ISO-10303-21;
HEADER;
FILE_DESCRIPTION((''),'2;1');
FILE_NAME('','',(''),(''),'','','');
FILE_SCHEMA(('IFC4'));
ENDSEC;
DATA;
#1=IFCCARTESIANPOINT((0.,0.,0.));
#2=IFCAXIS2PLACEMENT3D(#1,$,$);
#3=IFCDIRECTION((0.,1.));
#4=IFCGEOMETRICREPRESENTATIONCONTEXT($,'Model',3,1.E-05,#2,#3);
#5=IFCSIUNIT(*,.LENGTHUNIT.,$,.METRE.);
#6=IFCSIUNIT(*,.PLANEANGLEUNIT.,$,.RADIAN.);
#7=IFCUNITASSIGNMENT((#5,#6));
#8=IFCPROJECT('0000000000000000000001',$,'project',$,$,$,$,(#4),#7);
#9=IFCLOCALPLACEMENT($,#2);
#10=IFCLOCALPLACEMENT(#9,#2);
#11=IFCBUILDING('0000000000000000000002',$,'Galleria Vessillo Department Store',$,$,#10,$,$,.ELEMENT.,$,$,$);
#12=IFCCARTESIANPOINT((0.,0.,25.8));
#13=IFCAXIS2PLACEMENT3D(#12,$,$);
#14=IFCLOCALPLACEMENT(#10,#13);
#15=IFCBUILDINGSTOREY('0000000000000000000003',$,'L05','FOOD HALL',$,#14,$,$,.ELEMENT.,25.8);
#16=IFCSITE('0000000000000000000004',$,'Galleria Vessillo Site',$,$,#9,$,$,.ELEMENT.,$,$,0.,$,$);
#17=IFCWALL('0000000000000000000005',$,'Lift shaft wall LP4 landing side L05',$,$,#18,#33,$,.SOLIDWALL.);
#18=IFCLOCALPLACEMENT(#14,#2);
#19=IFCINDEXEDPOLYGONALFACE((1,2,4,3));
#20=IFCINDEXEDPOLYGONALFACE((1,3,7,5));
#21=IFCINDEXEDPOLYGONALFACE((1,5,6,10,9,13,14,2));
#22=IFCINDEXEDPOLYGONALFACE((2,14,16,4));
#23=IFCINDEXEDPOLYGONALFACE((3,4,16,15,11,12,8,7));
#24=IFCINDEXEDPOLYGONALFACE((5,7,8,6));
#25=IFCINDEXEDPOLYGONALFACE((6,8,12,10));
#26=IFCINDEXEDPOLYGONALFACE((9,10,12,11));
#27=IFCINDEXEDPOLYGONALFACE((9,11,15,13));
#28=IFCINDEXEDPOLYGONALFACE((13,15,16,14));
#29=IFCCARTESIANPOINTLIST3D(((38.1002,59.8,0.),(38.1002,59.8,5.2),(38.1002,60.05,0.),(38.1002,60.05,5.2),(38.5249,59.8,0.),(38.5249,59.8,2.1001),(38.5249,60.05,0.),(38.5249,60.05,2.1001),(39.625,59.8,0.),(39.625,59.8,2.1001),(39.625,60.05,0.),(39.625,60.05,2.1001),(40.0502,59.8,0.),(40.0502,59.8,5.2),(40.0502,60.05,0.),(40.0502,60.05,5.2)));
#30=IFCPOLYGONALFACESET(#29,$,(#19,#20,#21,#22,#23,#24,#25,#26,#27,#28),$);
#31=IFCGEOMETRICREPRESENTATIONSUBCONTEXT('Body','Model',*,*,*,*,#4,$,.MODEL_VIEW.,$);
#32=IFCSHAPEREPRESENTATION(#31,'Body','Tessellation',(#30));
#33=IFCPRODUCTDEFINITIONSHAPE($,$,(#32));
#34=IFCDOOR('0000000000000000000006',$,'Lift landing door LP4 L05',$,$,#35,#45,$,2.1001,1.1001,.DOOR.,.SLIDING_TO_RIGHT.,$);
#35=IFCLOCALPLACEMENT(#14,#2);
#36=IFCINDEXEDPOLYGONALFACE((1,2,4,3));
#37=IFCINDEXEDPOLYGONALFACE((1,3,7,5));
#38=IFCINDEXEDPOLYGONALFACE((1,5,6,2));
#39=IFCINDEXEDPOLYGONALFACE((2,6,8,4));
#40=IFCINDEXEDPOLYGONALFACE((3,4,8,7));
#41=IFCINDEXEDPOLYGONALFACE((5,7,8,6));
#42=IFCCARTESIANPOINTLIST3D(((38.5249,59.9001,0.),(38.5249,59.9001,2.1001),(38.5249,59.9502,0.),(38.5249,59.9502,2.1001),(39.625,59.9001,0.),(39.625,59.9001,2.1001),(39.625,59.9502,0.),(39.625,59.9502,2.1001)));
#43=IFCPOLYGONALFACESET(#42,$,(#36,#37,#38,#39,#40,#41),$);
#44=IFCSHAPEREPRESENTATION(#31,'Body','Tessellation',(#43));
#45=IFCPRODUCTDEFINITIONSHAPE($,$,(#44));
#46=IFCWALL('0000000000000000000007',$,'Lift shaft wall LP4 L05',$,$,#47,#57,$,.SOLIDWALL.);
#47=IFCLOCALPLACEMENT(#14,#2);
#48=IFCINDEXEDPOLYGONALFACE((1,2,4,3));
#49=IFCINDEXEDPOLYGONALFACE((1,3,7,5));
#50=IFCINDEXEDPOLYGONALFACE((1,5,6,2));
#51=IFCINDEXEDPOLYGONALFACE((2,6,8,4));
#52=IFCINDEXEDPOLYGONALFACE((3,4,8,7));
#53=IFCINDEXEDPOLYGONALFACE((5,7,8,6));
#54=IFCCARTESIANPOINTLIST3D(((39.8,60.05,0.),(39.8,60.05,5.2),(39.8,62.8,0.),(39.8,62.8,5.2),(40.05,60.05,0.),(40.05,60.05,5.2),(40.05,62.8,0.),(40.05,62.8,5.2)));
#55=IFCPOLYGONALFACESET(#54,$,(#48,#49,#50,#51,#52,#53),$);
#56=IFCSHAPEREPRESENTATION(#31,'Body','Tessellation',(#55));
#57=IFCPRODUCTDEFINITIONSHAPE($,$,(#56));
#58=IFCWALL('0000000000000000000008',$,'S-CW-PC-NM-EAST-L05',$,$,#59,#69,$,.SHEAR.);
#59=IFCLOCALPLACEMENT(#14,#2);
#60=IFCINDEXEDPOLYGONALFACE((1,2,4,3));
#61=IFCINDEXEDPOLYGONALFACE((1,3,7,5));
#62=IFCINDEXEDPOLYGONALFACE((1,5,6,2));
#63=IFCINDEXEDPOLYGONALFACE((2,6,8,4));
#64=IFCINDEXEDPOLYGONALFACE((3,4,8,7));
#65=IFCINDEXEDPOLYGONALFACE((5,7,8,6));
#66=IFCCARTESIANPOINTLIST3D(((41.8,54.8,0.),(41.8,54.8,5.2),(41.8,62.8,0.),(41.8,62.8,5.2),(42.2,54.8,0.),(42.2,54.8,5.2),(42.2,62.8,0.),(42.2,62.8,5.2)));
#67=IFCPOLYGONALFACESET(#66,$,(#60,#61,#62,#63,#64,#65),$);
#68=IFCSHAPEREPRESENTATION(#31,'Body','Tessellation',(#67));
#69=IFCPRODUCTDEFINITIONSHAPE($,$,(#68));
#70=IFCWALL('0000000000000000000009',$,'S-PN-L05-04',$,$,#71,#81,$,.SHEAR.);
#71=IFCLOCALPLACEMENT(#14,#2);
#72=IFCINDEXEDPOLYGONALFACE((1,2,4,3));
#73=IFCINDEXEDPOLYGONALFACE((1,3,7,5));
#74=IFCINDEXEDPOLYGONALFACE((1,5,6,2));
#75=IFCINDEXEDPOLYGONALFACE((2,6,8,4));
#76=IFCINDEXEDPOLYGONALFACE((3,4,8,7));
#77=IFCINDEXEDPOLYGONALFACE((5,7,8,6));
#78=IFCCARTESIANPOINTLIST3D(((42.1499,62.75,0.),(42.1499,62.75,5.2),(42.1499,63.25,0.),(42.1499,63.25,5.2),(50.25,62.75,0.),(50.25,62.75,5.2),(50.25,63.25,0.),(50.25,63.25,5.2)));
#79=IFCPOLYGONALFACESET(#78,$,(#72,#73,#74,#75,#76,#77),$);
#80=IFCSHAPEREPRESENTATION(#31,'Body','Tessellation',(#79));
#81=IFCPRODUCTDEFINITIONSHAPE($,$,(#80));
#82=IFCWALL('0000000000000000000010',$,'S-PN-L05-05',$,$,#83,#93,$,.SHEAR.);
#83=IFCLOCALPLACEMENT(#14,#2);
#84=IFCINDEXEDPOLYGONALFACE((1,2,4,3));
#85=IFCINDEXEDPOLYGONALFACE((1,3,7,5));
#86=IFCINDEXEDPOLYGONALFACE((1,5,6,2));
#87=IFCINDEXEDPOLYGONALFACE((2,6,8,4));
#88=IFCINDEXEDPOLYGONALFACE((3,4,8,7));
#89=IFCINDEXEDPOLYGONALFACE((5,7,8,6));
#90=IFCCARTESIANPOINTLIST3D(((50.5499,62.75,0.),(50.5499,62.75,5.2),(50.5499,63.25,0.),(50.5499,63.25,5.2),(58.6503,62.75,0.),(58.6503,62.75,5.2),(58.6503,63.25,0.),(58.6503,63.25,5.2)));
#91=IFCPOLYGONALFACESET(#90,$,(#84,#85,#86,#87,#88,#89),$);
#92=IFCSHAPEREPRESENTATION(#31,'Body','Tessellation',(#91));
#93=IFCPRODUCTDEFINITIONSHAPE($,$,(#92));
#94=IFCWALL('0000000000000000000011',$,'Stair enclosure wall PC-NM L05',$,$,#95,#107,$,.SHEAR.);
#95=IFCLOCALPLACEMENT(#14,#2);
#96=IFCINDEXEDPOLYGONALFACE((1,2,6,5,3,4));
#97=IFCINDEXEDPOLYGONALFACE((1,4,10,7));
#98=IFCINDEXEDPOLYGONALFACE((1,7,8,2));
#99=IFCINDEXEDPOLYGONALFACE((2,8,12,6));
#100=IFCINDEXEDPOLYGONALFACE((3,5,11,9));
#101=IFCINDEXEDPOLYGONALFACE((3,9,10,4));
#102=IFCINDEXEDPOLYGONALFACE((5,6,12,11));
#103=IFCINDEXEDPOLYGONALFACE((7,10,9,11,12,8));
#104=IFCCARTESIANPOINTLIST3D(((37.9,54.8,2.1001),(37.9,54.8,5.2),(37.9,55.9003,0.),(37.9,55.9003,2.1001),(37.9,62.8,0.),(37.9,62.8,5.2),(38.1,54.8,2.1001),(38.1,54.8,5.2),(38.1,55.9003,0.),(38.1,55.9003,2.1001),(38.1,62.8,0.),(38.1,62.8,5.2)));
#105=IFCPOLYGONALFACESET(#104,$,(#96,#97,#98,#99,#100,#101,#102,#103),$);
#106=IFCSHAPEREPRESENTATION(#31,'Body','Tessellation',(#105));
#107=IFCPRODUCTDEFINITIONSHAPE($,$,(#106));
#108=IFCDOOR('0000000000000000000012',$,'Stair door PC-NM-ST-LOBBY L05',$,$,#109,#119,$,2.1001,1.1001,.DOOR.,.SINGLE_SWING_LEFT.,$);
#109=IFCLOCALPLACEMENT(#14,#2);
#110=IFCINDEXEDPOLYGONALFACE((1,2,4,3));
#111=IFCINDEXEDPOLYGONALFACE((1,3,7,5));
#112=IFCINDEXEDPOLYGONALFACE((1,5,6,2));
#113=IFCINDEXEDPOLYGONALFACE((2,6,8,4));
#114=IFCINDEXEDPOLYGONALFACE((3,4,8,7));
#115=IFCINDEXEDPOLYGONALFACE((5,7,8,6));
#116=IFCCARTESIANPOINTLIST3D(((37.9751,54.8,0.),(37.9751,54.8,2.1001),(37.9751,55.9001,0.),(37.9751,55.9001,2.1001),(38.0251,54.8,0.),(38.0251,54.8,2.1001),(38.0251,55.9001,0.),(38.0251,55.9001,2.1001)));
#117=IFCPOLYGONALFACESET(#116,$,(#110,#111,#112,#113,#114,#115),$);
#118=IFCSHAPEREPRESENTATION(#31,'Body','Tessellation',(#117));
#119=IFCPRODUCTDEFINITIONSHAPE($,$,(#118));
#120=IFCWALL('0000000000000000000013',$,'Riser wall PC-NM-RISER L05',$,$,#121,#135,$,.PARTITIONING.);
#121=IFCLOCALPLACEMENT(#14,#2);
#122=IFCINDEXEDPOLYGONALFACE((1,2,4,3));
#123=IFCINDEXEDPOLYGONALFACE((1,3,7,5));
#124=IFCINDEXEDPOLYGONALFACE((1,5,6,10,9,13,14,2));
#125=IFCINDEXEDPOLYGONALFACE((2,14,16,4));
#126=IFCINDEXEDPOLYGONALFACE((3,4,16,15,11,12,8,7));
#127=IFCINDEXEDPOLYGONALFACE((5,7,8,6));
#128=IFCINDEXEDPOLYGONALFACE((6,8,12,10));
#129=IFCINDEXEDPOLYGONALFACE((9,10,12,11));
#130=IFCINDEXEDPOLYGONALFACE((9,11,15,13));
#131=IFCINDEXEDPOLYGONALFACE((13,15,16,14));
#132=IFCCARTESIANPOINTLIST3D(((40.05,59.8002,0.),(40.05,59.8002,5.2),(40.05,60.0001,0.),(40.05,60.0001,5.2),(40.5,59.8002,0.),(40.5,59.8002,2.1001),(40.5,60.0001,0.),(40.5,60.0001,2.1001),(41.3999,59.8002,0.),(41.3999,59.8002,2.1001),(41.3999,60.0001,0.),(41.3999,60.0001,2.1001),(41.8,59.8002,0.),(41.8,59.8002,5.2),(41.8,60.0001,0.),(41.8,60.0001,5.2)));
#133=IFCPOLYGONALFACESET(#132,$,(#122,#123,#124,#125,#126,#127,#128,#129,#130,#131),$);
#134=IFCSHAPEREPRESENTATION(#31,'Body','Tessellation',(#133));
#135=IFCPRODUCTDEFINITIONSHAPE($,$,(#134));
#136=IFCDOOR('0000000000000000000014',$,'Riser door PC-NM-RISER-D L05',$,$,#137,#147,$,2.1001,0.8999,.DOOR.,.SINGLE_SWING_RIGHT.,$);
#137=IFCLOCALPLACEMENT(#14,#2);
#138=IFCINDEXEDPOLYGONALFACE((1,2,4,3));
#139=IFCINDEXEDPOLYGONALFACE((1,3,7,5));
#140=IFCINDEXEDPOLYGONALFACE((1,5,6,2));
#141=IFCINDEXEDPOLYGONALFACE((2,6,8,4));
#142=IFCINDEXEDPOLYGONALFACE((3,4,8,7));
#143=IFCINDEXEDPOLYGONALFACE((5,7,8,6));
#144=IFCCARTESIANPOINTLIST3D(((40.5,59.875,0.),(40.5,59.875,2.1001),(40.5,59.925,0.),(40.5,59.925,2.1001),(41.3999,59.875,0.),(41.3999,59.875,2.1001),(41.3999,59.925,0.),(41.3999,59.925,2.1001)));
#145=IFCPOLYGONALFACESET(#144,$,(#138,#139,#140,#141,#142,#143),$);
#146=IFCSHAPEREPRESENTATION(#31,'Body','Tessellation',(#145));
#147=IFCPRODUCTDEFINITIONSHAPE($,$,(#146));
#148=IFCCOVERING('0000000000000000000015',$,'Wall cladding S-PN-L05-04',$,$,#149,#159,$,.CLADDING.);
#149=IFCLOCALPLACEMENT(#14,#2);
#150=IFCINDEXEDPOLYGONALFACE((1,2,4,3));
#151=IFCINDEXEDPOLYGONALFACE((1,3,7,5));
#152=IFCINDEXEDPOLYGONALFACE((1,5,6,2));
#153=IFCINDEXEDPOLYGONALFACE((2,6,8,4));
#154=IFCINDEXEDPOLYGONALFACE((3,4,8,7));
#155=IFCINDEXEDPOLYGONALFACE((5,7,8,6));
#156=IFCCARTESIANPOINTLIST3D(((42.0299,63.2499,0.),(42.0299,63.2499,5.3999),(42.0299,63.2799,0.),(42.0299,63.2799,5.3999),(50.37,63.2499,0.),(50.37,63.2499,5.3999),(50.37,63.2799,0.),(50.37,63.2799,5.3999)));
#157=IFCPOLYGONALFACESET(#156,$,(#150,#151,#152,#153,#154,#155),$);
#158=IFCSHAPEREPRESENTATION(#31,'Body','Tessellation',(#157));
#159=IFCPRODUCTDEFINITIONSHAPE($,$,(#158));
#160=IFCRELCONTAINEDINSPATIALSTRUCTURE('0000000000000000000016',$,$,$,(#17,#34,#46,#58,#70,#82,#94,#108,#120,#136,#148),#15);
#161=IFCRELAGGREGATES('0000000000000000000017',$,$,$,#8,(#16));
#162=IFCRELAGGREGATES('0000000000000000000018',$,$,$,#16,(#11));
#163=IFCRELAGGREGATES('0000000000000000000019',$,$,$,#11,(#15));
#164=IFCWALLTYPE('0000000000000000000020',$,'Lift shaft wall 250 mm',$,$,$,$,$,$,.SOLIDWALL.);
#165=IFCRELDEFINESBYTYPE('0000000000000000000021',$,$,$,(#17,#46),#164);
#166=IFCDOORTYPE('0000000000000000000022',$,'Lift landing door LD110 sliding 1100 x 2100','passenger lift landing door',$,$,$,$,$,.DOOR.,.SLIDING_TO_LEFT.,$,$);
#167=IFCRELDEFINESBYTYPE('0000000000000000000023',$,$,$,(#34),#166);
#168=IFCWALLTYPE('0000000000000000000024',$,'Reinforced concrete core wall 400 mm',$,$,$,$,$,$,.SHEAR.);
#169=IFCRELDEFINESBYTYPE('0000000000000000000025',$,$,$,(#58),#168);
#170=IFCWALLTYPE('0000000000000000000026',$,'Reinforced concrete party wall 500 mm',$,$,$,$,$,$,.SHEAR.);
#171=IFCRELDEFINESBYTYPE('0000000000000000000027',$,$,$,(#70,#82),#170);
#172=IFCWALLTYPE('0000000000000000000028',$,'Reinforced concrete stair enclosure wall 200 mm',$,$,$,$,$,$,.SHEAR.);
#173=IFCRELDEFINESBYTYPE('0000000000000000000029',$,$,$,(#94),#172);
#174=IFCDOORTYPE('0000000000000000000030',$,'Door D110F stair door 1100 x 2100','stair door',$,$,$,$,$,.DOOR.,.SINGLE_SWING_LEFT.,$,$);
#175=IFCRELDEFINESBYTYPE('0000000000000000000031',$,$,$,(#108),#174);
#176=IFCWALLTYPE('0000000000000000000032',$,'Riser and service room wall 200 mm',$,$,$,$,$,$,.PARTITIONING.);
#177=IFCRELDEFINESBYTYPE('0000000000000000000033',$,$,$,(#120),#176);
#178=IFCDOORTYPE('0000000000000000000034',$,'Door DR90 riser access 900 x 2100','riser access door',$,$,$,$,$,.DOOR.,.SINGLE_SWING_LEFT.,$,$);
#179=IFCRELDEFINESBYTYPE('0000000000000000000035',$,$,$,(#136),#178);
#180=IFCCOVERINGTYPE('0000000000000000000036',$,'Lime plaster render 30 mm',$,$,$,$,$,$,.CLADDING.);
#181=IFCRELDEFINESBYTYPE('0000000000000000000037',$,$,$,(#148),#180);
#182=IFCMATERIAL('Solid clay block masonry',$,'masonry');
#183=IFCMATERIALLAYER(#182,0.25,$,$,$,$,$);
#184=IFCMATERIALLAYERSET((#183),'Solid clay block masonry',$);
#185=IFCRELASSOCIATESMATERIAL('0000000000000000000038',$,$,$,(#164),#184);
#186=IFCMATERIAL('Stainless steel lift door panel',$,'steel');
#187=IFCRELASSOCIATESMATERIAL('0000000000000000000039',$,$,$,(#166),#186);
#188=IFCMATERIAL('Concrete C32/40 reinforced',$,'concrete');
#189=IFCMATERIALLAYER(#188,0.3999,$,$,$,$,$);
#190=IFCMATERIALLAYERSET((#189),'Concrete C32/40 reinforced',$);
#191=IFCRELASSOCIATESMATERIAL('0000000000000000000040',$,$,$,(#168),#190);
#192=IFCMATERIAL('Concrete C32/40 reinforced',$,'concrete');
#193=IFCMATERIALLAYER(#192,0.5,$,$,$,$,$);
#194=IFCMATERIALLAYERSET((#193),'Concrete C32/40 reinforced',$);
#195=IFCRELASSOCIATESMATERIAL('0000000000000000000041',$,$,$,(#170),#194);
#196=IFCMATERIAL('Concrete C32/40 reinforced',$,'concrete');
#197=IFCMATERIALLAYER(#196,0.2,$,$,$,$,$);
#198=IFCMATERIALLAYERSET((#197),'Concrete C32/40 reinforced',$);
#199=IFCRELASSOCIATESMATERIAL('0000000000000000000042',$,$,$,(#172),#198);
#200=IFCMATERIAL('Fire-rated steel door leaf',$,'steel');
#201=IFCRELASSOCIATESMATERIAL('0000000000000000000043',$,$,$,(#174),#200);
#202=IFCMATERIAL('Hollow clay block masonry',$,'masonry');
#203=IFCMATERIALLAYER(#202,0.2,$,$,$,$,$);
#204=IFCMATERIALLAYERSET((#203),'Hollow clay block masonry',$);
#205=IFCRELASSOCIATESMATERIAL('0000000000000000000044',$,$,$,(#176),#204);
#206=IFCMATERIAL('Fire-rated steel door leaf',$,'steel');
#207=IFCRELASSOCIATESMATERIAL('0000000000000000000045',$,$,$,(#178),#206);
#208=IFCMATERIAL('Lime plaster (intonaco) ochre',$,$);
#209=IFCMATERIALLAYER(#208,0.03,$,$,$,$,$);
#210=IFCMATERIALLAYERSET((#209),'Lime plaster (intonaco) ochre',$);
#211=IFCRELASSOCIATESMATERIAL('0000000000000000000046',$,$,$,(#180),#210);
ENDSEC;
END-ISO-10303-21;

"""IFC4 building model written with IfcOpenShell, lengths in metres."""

from ifc_helpers import new_model, si_unit, direction, frame, frame_2d, origin, origin_2d, place, context, subcontext, project, spatial, rectangle, extrude, material, layer, layer_set, type_object, element, fill, save


model = new_model("IFC4")

# Units and contexts
model_context = context("Model", 3, precision=1e-05, world=origin(), true_north=direction((0.0, 1.0)))
body_context = subcontext(model_context, "Body", "Model", "MODEL_VIEW")
ifc_project = project(units=[si_unit("LENGTHUNIT", "METRE"), si_unit("PLANEANGLEUNIT", "RADIAN")], contexts=[model_context])

# Site, building, storey
site_placement = place(None, origin())
site = spatial("IfcSite", under=ifc_project, at=site_placement, Name="Galleria Vessillo Site", CompositionType="ELEMENT", RefElevation=0.0)
building_placement = place(site_placement, origin())
building = spatial("IfcBuilding", under=site, at=building_placement, Name="Galleria Vessillo Department Store", CompositionType="ELEMENT")
storey_placement = place(building_placement, frame((0.0, 0.0, 25.8)))
storey = spatial("IfcBuildingStorey", under=building, at=storey_placement, Name="L05", Description="FOOD HALL", CompositionType="ELEMENT", Elevation=25.8)

# Wall, opening, door
ifc_material_1 = material(Name="Solid clay block masonry", Category="masonry")
ifc_layer_1 = layer(ifc_material_1, 0.25)
ifc_layer_set_1 = layer_set([ifc_layer_1], Name="Solid clay block masonry")
wall_type_1 = type_object("IfcWallType", Name="Lift shaft wall 250 mm", PredefinedType="SOLIDWALL", material=ifc_layer_set_1)
wall_1_placement = place(storey_placement, frame((38.1001, 59.925, 0.0), z_axis=(0.0, 0.0, 1.0), x_axis=(1.0, 0.0, 0.0)))
wall_1 = element("IfcWall", 1, at=wall_1_placement, inside=storey, type_object=wall_type_1, Name="Lift shaft wall LP4 landing side L05", PredefinedType="SOLIDWALL", context=body_context, shape_type="SweptSolid", body=[
    extrude(rectangle(XDim=1.95, YDim=0.25, at=frame_2d((0.9751, 0.0))), origin(), (0.0, 0.0, 1.0), 5.2),
])
opening_1_placement = place(wall_1_placement, frame((0.4248, 0.0, 0.0)))
opening_1 = element("IfcOpeningElement", 2, at=opening_1_placement, cuts=wall_1, PredefinedType="OPENING", context=body_context, shape_type="SweptSolid", body=[
    extrude(rectangle(XDim=1.1001, YDim=2.1001, at=frame_2d((0.55, 1.05))), frame((0.0, 0.135, 0.0), z_axis=(0.0, -1.0, 0.0), x_axis=(1.0, 0.0, 0.0)), (0.0, 0.0, 1.0), 0.27),
])
ifc_material_2 = material(Name="Stainless steel lift door panel", Category="steel")
door_type_1 = type_object("IfcDoorType", Name="Lift landing door LD110 sliding 1100 x 2100", Description="passenger lift landing door", OperationType="SLIDING_TO_LEFT", PredefinedType="DOOR", material=ifc_material_2)
door_1_placement = place(opening_1_placement, frame((1.1001, 0.0, 0.0), z_axis=(0.0, 0.0, 1.0), x_axis=(-1.0, 0.0, 0.0)))
door_1 = element("IfcDoor", 3, at=door_1_placement, inside=storey, type_object=door_type_1, Name="Lift landing door LP4 L05", OperationType="SLIDING_TO_RIGHT", OverallHeight=2.1001, OverallWidth=1.1001, PredefinedType="DOOR", context=body_context, shape_type="SweptSolid", body=[
    extrude(rectangle(XDim=1.1001, YDim=2.1001, at=frame_2d((0.55, 1.05))), frame((0.0, 0.0249, 0.0), z_axis=(0.0, -1.0, 0.0), x_axis=(1.0, 0.0, 0.0)), (0.0, 0.0, 1.0), 0.05),
])
fill(opening_1, door_1)

# Walls
wall_2_placement = place(storey_placement, frame((39.925, 62.8, 0.0), z_axis=(0.0, 0.0, 1.0), x_axis=(0.0, -1.0, 0.0)))
element("IfcWall", 4, at=wall_2_placement, inside=storey, type_object=wall_type_1, Name="Lift shaft wall LP4 L05", PredefinedType="SOLIDWALL", context=body_context, shape_type="SweptSolid", body=[
    extrude(rectangle(XDim=2.75, YDim=0.25, at=frame_2d((1.375, 0.0))), origin(), (0.0, 0.0, 1.0), 5.2),
])
ifc_material_3 = material(Name="Concrete C32/40 reinforced", Category="concrete")
ifc_layer_2 = layer(ifc_material_3, 0.3999)
ifc_layer_set_2 = layer_set([ifc_layer_2], Name="Concrete C32/40 reinforced")
wall_type_2 = type_object("IfcWallType", Name="Reinforced concrete core wall 400 mm", PredefinedType="SHEAR", material=ifc_layer_set_2)
wall_3_placement = place(storey_placement, frame((42.0, 54.8, 0.0), z_axis=(0.0, 0.0, 1.0), x_axis=(0.0, 1.0, 0.0)))
element("IfcWall", 5, at=wall_3_placement, inside=storey, type_object=wall_type_2, Name="S-CW-PC-NM-EAST-L05", PredefinedType="SHEAR", context=body_context, shape_type="SweptSolid", body=[
    extrude(rectangle(XDim=8.0, YDim=0.3999, at=frame_2d((4.0, 0.0))), origin(), (0.0, 0.0, 1.0), 5.2),
])
ifc_material_4 = material(Name="Concrete C32/40 reinforced", Category="concrete")
ifc_layer_3 = layer(ifc_material_4, 0.5)
ifc_layer_set_3 = layer_set([ifc_layer_3], Name="Concrete C32/40 reinforced")
wall_type_3 = type_object("IfcWallType", Name="Reinforced concrete party wall 500 mm", PredefinedType="SHEAR", material=ifc_layer_set_3)
wall_4_placement = place(storey_placement, frame((42.1499, 63.0, 0.0), z_axis=(0.0, 0.0, 1.0), x_axis=(1.0, 0.0, 0.0)))
element("IfcWall", 6, at=wall_4_placement, inside=storey, type_object=wall_type_3, Name="S-PN-L05-04", PredefinedType="SHEAR", context=body_context, shape_type="SweptSolid", body=[
    extrude(rectangle(XDim=8.1001, YDim=0.5, at=frame_2d((4.05, 0.0))), origin(), (0.0, 0.0, 1.0), 5.2),
])
wall_5_placement = place(storey_placement, frame((50.5498, 63.0, 0.0), z_axis=(0.0, 0.0, 1.0), x_axis=(1.0, 0.0, 0.0)))
element("IfcWall", 7, at=wall_5_placement, inside=storey, type_object=wall_type_3, Name="S-PN-L05-05", PredefinedType="SHEAR", context=body_context, shape_type="SweptSolid", body=[
    extrude(rectangle(XDim=8.1003, YDim=0.5, at=frame_2d((4.0503, 0.0))), origin(), (0.0, 0.0, 1.0), 5.2),
])

# Walls, openings, doors
ifc_material_5 = material(Name="Concrete C32/40 reinforced", Category="concrete")
ifc_layer_4 = layer(ifc_material_5, 0.2)
ifc_layer_set_4 = layer_set([ifc_layer_4], Name="Concrete C32/40 reinforced")
wall_type_4 = type_object("IfcWallType", Name="Reinforced concrete stair enclosure wall 200 mm", PredefinedType="SHEAR", material=ifc_layer_set_4)
wall_6_placement = place(storey_placement, frame((38.0, 62.8, 0.0), z_axis=(0.0, 0.0, 1.0), x_axis=(0.0, -1.0, 0.0)))
wall_6 = element("IfcWall", 8, at=wall_6_placement, inside=storey, type_object=wall_type_4, Name="Stair enclosure wall PC-NM L05", PredefinedType="SHEAR", context=body_context, shape_type="SweptSolid", body=[
    extrude(rectangle(XDim=8.0, YDim=0.2, at=frame_2d((4.0, 0.0))), origin(), (0.0, 0.0, 1.0), 5.2),
])
opening_2_placement = place(wall_6_placement, frame((6.8999, 0.0, 0.0)))
opening_2 = element("IfcOpeningElement", 9, at=opening_2_placement, cuts=wall_6, PredefinedType="OPENING", context=body_context, shape_type="SweptSolid", body=[
    extrude(rectangle(XDim=1.1101, YDim=2.1001, at=frame_2d((0.5549, 1.05))), frame((0.0, 0.1099, 0.0), z_axis=(0.0, -1.0, 0.0), x_axis=(1.0, 0.0, 0.0)), (0.0, 0.0, 1.0), 0.22),
])
ifc_material_6 = material(Name="Fire-rated steel door leaf", Category="steel")
door_type_2 = type_object("IfcDoorType", Name="Door D110F stair door 1100 x 2100", Description="stair door", OperationType="SINGLE_SWING_LEFT", PredefinedType="DOOR", material=ifc_material_6)
door_2_placement = place(opening_2_placement, frame((1.1001, 0.0, 0.0), z_axis=(0.0, 0.0, 1.0), x_axis=(-1.0, 0.0, 0.0)))
door_2 = element("IfcDoor", 10, at=door_2_placement, inside=storey, type_object=door_type_2, Name="Stair door PC-NM-ST-LOBBY L05", OperationType="SINGLE_SWING_LEFT", OverallHeight=2.1001, OverallWidth=1.1001, PredefinedType="DOOR", context=body_context, shape_type="SweptSolid", body=[
    extrude(rectangle(XDim=1.1001, YDim=2.1001, at=frame_2d((0.55, 1.05))), frame((0.0, 0.0249, 0.0), z_axis=(0.0, -1.0, 0.0), x_axis=(1.0, 0.0, 0.0)), (0.0, 0.0, 1.0), 0.05),
])
fill(opening_2, door_2)
ifc_material_7 = material(Name="Hollow clay block masonry", Category="masonry")
ifc_layer_5 = layer(ifc_material_7, 0.2)
ifc_layer_set_5 = layer_set([ifc_layer_5], Name="Hollow clay block masonry")
wall_type_5 = type_object("IfcWallType", Name="Riser and service room wall 200 mm", PredefinedType="PARTITIONING", material=ifc_layer_set_5)
wall_7_placement = place(storey_placement, frame((40.05, 59.9001, 0.0), z_axis=(0.0, 0.0, 1.0), x_axis=(1.0, 0.0, 0.0)))
wall_7 = element("IfcWall", 11, at=wall_7_placement, inside=storey, type_object=wall_type_5, Name="Riser wall PC-NM-RISER L05", PredefinedType="PARTITIONING", context=body_context, shape_type="SweptSolid", body=[
    extrude(rectangle(XDim=1.75, YDim=0.2, at=frame_2d((0.875, 0.0))), origin(), (0.0, 0.0, 1.0), 5.2),
])
opening_3_placement = place(wall_7_placement, frame((0.45, 0.0, 0.0)))
opening_3 = element("IfcOpeningElement", 12, at=opening_3_placement, cuts=wall_7, PredefinedType="OPENING", context=body_context, shape_type="SweptSolid", body=[
    extrude(rectangle(XDim=0.8999, YDim=2.1001, at=frame_2d((0.45, 1.05))), frame((0.0, 0.1099, 0.0), z_axis=(0.0, -1.0, 0.0), x_axis=(1.0, 0.0, 0.0)), (0.0, 0.0, 1.0), 0.22),
])
ifc_material_8 = material(Name="Fire-rated steel door leaf", Category="steel")
door_type_3 = type_object("IfcDoorType", Name="Door DR90 riser access 900 x 2100", Description="riser access door", OperationType="SINGLE_SWING_LEFT", PredefinedType="DOOR", material=ifc_material_8)
door_3_placement = place(opening_3_placement, origin())
door_3 = element("IfcDoor", 13, at=door_3_placement, inside=storey, type_object=door_type_3, Name="Riser door PC-NM-RISER-D L05", OperationType="SINGLE_SWING_RIGHT", OverallHeight=2.1001, OverallWidth=0.8999, PredefinedType="DOOR", context=body_context, shape_type="SweptSolid", body=[
    extrude(rectangle(XDim=0.8999, YDim=2.1001, at=frame_2d((0.45, 1.05))), frame((0.0, 0.0249, 0.0), z_axis=(0.0, -1.0, 0.0), x_axis=(1.0, 0.0, 0.0)), (0.0, 0.0, 1.0), 0.05),
])
fill(opening_3, door_3)

# Covering
ifc_material_9 = material(Name="Lime plaster (intonaco) ochre")
ifc_layer_6 = layer(ifc_material_9, 0.03)
ifc_layer_set_6 = layer_set([ifc_layer_6], Name="Lime plaster (intonaco) ochre")
covering_type = type_object("IfcCoveringType", Name="Lime plaster render 30 mm", PredefinedType="CLADDING", material=ifc_layer_set_6)
covering_1_placement = place(storey_placement, frame((46.2, 63.2649, 0.0), z_axis=(0.0, 0.0, 1.0), x_axis=(1.0, 0.0, 0.0)))
element("IfcCovering", 14, at=covering_1_placement, inside=storey, type_object=covering_type, Name="Wall cladding S-PN-L05-04", PredefinedType="CLADDING", context=body_context, shape_type="SweptSolid", body=[
    extrude(rectangle(XDim=8.3401, YDim=0.03, at=origin_2d()), origin(), (0.0, 0.0, 1.0), 5.3999),
])

save(model, "model.ifc")
